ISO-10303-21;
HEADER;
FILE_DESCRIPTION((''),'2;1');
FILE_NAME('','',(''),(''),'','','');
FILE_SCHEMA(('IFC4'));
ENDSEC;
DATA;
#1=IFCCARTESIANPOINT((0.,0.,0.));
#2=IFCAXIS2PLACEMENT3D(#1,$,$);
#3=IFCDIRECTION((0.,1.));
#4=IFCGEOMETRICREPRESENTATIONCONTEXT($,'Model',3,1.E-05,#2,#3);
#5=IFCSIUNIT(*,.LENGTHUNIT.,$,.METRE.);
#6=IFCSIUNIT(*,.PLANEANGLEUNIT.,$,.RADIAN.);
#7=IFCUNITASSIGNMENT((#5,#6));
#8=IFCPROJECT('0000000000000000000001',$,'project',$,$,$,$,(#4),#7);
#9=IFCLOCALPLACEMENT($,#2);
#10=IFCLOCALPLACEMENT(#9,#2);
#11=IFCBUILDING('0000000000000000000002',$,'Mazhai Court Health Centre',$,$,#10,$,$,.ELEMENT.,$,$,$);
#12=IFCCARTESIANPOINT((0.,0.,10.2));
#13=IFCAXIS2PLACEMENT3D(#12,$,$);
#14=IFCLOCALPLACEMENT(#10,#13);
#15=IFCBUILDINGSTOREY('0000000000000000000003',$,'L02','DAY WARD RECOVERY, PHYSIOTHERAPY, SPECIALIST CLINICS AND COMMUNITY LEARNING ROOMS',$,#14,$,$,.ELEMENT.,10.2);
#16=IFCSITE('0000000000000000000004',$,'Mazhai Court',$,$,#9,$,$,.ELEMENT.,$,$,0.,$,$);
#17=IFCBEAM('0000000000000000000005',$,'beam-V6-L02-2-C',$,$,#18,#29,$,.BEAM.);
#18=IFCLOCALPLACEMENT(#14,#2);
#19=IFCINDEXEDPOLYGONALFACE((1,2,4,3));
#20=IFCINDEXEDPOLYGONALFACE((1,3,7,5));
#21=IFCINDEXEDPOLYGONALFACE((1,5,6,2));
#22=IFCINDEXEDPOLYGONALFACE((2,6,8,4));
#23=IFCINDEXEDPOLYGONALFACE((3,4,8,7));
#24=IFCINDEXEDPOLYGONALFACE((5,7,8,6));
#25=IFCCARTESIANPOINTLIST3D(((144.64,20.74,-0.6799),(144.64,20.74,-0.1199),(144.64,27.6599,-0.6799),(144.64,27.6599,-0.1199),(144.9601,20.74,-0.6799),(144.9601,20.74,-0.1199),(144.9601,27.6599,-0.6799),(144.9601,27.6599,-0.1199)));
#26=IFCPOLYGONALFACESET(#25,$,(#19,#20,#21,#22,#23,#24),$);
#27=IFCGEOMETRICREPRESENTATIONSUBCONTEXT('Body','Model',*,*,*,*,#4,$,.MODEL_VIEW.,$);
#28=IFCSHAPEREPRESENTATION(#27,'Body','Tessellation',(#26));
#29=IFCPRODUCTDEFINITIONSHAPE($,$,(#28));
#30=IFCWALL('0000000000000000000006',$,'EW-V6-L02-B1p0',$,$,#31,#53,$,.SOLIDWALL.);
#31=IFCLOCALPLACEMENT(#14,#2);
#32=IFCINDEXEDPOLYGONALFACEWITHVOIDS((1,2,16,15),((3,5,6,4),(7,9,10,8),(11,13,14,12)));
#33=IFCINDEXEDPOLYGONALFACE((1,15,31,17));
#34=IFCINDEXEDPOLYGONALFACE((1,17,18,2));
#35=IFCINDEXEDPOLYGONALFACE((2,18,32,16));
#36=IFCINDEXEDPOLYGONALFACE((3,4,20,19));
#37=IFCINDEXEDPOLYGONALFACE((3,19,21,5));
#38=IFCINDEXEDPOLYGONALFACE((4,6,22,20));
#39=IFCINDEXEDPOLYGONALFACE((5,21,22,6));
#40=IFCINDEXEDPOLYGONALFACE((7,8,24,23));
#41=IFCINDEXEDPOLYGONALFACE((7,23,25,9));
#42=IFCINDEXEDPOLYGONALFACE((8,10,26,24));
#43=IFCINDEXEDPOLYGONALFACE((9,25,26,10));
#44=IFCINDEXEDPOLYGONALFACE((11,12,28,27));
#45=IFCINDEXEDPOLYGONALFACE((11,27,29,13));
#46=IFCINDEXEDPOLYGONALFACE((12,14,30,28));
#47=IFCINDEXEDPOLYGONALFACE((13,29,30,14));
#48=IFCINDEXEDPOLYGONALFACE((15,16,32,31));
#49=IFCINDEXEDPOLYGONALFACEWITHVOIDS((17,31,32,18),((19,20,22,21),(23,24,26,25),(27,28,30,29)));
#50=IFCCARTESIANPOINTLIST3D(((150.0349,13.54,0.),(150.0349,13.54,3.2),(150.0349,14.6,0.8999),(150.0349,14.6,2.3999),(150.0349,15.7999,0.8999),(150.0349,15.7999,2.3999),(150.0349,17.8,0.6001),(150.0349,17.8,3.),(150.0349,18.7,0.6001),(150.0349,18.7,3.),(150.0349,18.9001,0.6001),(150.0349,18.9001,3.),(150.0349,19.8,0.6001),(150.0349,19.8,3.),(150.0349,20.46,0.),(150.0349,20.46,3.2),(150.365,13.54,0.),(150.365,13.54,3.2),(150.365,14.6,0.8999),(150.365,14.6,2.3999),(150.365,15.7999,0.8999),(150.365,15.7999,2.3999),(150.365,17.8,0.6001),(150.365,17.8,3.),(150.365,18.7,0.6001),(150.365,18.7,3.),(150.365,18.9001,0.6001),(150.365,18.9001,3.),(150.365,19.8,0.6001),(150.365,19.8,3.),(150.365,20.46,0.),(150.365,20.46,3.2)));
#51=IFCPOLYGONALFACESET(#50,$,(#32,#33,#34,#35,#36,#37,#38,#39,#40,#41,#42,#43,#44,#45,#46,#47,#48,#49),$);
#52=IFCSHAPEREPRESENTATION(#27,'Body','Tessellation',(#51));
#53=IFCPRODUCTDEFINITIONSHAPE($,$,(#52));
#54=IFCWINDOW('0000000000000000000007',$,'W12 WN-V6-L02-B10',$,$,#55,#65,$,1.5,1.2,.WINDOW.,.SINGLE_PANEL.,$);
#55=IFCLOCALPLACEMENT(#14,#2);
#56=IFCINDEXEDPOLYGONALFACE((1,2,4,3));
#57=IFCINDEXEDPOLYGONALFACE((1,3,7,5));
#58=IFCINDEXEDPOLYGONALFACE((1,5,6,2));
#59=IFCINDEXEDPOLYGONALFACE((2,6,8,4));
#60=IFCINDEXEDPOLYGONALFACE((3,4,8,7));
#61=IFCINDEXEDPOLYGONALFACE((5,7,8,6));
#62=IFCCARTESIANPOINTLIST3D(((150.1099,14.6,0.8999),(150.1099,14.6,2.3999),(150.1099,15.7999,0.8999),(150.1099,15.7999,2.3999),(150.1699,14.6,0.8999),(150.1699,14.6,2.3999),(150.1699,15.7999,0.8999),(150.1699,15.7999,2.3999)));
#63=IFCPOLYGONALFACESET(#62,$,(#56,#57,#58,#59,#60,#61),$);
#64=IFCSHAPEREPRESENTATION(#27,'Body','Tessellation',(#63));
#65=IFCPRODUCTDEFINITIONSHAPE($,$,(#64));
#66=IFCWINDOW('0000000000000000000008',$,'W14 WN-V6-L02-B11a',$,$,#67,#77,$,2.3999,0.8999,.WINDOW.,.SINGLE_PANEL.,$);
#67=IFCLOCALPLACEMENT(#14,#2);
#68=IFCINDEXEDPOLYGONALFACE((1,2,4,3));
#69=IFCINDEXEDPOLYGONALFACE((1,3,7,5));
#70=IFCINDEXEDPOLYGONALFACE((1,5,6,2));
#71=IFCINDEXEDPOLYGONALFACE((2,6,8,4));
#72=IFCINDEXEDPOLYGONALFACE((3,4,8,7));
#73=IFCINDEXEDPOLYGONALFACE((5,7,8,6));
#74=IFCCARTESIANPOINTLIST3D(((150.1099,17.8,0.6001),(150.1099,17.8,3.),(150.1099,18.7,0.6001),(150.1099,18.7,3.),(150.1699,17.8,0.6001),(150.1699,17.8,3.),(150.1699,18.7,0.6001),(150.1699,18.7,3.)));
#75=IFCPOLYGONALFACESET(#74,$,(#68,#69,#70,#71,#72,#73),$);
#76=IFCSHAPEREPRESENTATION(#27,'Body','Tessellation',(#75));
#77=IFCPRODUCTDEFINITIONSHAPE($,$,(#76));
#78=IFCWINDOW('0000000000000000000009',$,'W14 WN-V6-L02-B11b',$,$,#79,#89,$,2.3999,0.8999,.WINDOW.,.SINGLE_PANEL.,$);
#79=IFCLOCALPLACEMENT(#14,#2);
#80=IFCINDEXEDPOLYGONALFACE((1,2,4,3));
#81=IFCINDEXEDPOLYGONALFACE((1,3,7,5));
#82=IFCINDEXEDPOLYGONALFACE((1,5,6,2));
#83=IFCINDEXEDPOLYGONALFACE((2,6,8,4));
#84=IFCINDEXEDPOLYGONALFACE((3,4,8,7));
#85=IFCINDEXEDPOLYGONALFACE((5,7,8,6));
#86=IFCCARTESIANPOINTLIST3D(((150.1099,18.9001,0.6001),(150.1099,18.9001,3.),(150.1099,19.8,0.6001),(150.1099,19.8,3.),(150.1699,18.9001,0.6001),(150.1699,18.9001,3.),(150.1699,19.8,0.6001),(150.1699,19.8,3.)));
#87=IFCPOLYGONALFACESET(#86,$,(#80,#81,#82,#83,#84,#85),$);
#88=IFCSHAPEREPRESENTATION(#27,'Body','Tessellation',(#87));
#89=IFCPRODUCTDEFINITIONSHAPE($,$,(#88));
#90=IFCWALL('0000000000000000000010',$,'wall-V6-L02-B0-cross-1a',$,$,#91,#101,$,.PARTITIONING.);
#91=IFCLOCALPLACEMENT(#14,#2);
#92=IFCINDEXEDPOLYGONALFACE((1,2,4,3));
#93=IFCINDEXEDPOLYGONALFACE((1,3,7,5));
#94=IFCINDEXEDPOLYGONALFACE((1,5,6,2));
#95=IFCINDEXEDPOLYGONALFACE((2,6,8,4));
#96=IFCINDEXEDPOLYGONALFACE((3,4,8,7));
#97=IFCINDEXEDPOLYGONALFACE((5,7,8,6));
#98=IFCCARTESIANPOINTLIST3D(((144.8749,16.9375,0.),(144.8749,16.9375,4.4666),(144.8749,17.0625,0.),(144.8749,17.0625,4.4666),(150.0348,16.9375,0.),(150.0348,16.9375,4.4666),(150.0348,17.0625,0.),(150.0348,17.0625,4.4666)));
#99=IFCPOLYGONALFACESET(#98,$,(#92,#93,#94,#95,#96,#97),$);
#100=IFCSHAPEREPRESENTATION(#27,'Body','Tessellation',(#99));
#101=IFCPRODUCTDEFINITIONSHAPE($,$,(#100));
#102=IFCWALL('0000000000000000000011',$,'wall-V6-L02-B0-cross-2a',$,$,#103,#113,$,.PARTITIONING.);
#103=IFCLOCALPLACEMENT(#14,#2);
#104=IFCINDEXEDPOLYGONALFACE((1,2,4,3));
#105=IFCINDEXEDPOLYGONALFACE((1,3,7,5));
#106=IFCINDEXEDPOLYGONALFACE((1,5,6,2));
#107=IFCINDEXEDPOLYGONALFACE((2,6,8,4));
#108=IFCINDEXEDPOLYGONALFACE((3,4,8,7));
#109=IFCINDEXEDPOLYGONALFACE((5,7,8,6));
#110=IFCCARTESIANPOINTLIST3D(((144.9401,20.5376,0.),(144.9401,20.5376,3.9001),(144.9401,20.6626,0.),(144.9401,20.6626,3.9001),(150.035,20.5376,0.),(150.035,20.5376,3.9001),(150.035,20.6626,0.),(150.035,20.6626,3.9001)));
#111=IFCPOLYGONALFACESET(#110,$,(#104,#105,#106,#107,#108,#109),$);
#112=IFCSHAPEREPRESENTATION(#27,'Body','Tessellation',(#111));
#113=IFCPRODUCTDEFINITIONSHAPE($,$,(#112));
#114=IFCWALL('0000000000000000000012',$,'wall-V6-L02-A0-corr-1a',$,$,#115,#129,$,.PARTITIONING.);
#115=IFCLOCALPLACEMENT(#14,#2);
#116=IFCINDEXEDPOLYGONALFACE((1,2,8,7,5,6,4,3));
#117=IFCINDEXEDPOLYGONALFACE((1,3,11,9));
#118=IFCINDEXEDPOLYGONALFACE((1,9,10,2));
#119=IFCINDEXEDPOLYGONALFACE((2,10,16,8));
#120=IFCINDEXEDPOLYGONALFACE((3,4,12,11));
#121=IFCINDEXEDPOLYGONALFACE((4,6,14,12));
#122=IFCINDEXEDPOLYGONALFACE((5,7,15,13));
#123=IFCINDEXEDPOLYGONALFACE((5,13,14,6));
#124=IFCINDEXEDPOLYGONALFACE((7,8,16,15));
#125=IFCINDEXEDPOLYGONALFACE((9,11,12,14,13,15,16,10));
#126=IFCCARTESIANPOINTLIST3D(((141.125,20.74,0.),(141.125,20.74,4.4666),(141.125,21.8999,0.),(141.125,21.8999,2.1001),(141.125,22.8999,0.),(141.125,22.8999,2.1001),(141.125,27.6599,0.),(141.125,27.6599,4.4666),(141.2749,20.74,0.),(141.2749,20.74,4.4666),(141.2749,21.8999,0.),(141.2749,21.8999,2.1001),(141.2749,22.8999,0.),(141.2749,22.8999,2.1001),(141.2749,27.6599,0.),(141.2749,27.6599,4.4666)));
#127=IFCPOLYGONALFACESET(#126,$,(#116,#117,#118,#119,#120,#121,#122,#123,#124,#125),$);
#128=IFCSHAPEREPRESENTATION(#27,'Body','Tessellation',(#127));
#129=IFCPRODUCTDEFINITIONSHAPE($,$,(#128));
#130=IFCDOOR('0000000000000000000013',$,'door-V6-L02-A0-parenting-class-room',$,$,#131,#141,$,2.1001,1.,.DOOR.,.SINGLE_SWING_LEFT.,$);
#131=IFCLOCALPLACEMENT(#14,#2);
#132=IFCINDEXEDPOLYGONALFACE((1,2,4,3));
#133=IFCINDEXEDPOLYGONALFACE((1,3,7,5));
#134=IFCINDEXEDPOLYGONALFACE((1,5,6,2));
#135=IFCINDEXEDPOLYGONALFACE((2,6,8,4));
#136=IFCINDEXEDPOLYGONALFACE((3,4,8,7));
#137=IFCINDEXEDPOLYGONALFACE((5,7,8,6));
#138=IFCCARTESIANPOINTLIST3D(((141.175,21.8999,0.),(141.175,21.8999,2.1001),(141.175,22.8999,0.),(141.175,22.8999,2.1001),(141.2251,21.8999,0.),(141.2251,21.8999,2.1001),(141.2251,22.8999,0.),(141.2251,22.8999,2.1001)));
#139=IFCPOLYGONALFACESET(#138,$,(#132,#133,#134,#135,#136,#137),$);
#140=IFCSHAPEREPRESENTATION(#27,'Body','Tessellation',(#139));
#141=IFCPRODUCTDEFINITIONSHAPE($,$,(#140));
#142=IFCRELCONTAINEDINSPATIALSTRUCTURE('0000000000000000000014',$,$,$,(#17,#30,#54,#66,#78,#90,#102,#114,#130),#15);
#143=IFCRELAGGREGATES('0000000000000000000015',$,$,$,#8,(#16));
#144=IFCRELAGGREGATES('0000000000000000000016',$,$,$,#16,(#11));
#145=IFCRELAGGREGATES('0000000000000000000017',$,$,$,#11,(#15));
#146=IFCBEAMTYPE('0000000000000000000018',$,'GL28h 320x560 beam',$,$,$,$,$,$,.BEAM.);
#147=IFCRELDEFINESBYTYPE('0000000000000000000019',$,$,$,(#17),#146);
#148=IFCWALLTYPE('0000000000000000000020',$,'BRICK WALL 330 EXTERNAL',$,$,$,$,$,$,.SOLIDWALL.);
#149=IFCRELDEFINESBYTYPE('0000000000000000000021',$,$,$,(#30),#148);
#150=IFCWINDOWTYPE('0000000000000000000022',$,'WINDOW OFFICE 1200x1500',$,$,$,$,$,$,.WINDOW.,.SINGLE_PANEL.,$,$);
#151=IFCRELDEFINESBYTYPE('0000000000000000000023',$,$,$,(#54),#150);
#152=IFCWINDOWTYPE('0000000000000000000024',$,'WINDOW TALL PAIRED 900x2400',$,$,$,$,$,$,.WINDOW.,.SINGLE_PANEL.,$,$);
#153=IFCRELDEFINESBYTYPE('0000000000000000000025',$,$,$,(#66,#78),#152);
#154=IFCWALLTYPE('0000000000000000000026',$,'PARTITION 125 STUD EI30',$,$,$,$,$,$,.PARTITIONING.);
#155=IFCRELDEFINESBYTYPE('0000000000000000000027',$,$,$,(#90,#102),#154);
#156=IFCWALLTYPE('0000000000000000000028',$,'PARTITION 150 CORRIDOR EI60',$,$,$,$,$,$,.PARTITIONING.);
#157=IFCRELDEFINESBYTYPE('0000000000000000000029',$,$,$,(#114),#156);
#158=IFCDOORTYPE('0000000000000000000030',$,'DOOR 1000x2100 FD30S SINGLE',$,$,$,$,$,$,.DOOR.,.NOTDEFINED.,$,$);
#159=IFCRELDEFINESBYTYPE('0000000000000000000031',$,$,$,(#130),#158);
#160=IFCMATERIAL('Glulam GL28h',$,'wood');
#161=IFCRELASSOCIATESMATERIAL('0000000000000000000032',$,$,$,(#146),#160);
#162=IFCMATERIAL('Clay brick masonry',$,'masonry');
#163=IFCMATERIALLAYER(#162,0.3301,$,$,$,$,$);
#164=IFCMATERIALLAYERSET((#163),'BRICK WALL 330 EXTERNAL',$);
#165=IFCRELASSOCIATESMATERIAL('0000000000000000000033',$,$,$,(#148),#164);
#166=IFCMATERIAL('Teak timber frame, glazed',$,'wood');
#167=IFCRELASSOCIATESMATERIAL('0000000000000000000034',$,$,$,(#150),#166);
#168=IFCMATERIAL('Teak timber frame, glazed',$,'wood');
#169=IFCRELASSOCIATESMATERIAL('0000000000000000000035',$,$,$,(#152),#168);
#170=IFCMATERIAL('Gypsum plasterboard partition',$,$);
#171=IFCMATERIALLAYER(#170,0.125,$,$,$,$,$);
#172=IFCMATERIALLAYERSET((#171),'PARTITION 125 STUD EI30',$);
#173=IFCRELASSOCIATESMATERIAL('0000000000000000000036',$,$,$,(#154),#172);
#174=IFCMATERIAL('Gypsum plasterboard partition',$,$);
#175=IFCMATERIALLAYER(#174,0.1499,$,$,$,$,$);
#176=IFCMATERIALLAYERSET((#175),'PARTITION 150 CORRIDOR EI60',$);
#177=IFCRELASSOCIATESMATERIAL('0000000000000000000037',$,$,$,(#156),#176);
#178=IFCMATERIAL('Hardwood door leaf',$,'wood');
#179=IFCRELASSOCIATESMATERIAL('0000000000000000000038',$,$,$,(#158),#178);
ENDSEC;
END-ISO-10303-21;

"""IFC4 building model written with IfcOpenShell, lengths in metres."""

from ifc_helpers import new_model, si_unit, direction, frame, frame_2d, origin, origin_2d, place, context, subcontext, project, spatial, rectangle, extrude, material, layer, layer_set, material_profile, profile_set, type_object, element, fill, save


model = new_model("IFC4")

# Units and contexts
model_context = context("Model", 3, precision=1e-05, world=origin(), true_north=direction((0.0, 1.0)))
body_context = subcontext(model_context, "Body", "Model", "MODEL_VIEW")
ifc_project = project(units=[si_unit("LENGTHUNIT", "METRE"), si_unit("PLANEANGLEUNIT", "RADIAN")], contexts=[model_context])

# Site, building, storey
site_placement = place(None, origin())
site = spatial("IfcSite", under=ifc_project, at=site_placement, Name="Mazhai Court", CompositionType="ELEMENT", RefElevation=0.0)
building_placement = place(site_placement, origin())
building = spatial("IfcBuilding", under=site, at=building_placement, Name="Mazhai Court Health Centre", CompositionType="ELEMENT")
storey_placement = place(building_placement, frame((0.0, 0.0, 10.2)))
storey = spatial("IfcBuildingStorey", under=building, at=storey_placement, Name="L02", Description="DAY WARD RECOVERY, PHYSIOTHERAPY, SPECIALIST CLINICS AND COMMUNITY LEARNING ROOMS", CompositionType="ELEMENT", Elevation=10.2)

# Beam
ifc_material_1 = material(Name="Glulam GL28h", Category="wood")
ifc_material_profile_1 = material_profile(ifc_material_1, rectangle(XDim=0.3201, YDim=0.5601, at=origin_2d()), Name="GL28h 320x560")
ifc_profile_set_1 = profile_set([ifc_material_profile_1], Name="Glulam GL28h")
beam_type_1 = type_object("IfcBeamType", Name="GL28h 320x560 beam", PredefinedType="BEAM", material=ifc_profile_set_1)
for number, where, z_axis, x_axis, name in (
    (1, (144.8, 20.74, -0.3999), (0.0, 1.0, 0.0), (-1.0, 0.0, 0.0), "beam-V6-L02-2-C"),
):
    element("IfcBeam", number, at=place(storey_placement, frame(where, z_axis=z_axis, x_axis=x_axis)), inside=storey, type_object=beam_type_1, Name=name, PredefinedType="BEAM", context=body_context, shape_type="SweptSolid", body=[
        extrude(rectangle(XDim=0.3201, YDim=0.5601, at=origin_2d()), origin(), (0.0, 0.0, 1.0), 6.9199),
    ])

# Wall, openings, windows
ifc_material_2 = material(Name="Clay brick masonry", Category="masonry")
ifc_layer_1 = layer(ifc_material_2, 0.3301)
ifc_layer_set_1 = layer_set([ifc_layer_1], Name="BRICK WALL 330 EXTERNAL")
wall_type_1 = type_object("IfcWallType", Name="BRICK WALL 330 EXTERNAL", PredefinedType="SOLIDWALL", material=ifc_layer_set_1)
wall_1_placement = place(storey_placement, frame((150.2, 20.46, 0.0), z_axis=(0.0, 0.0, 1.0), x_axis=(0.0, -1.0, 0.0)))
wall_1 = element("IfcWall", 2, at=wall_1_placement, inside=storey, type_object=wall_type_1, Name="EW-V6-L02-B1p0", PredefinedType="SOLIDWALL", context=body_context, shape_type="SweptSolid", body=[
    extrude(rectangle(XDim=6.9199, YDim=0.3301, at=frame_2d((3.46, 0.0))), origin(), (0.0, 0.0, 1.0), 3.2),
])
opening_1_placement = place(wall_1_placement, frame((4.6599, 0.0, 0.8999)))
opening_1 = element("IfcOpeningElement", 3, at=opening_1_placement, cuts=wall_1, PredefinedType="OPENING", context=body_context, shape_type="SweptSolid", body=[
    extrude(rectangle(XDim=1.2, YDim=1.5, at=frame_2d((0.6001, 0.75))), frame((0.0, 0.175, 0.0), z_axis=(0.0, -1.0, 0.0), x_axis=(1.0, 0.0, 0.0)), (0.0, 0.0, 1.0), 0.3501),
])
opening_2_placement = place(wall_1_placement, frame((1.76, 0.0, 0.6001)))
opening_2 = element("IfcOpeningElement", 4, at=opening_2_placement, cuts=wall_1, PredefinedType="OPENING", context=body_context, shape_type="SweptSolid", body=[
    extrude(rectangle(XDim=0.8999, YDim=2.3999, at=frame_2d((0.45, 1.2))), frame((0.0, 0.175, 0.0), z_axis=(0.0, -1.0, 0.0), x_axis=(1.0, 0.0, 0.0)), (0.0, 0.0, 1.0), 0.3501),
])
opening_3_placement = place(wall_1_placement, frame((0.6599, 0.0, 0.6001)))
opening_3 = element("IfcOpeningElement", 5, at=opening_3_placement, cuts=wall_1, PredefinedType="OPENING", context=body_context, shape_type="SweptSolid", body=[
    extrude(rectangle(XDim=0.8999, YDim=2.3999, at=frame_2d((0.45, 1.2))), frame((0.0, 0.175, 0.0), z_axis=(0.0, -1.0, 0.0), x_axis=(1.0, 0.0, 0.0)), (0.0, 0.0, 1.0), 0.3501),
])
ifc_material_3 = material(Name="Teak timber frame, glazed", Category="wood")
window_type_1 = type_object("IfcWindowType", Name="WINDOW OFFICE 1200x1500", PartitioningType="SINGLE_PANEL", PredefinedType="WINDOW", material=ifc_material_3)
window_1_placement = place(opening_1_placement, origin())
window_1 = element("IfcWindow", 6, at=window_1_placement, inside=storey, type_object=window_type_1, Name="W12 WN-V6-L02-B10", OverallHeight=1.5, OverallWidth=1.2, PartitioningType="SINGLE_PANEL", PredefinedType="WINDOW", context=body_context, shape_type="SweptSolid", body=[
    extrude(rectangle(XDim=1.2, YDim=1.5, at=frame_2d((0.6001, 0.75))), frame((0.0, -0.03, 0.0), z_axis=(0.0, -1.0, 0.0), x_axis=(1.0, 0.0, 0.0)), (0.0, 0.0, 1.0), 0.0601),
])
fill(opening_1, window_1)
ifc_material_4 = material(Name="Teak timber frame, glazed", Category="wood")
window_type_2 = type_object("IfcWindowType", Name="WINDOW TALL PAIRED 900x2400", PartitioningType="SINGLE_PANEL", PredefinedType="WINDOW", material=ifc_material_4)
window_2_placement = place(opening_2_placement, origin())
window_2 = element("IfcWindow", 7, at=window_2_placement, inside=storey, type_object=window_type_2, Name="W14 WN-V6-L02-B11a", OverallHeight=2.3999, OverallWidth=0.8999, PartitioningType="SINGLE_PANEL", PredefinedType="WINDOW", context=body_context, shape_type="SweptSolid", body=[
    extrude(rectangle(XDim=0.8999, YDim=2.3999, at=frame_2d((0.45, 1.2))), frame((0.0, -0.03, 0.0), z_axis=(0.0, -1.0, 0.0), x_axis=(1.0, 0.0, 0.0)), (0.0, 0.0, 1.0), 0.0601),
])
fill(opening_2, window_2)
window_3_placement = place(opening_3_placement, origin())
window_3 = element("IfcWindow", 8, at=window_3_placement, inside=storey, type_object=window_type_2, Name="W14 WN-V6-L02-B11b", OverallHeight=2.3999, OverallWidth=0.8999, PartitioningType="SINGLE_PANEL", PredefinedType="WINDOW", context=body_context, shape_type="SweptSolid", body=[
    extrude(rectangle(XDim=0.8999, YDim=2.3999, at=frame_2d((0.45, 1.2))), frame((0.0, -0.03, 0.0), z_axis=(0.0, -1.0, 0.0), x_axis=(1.0, 0.0, 0.0)), (0.0, 0.0, 1.0), 0.0601),
])
fill(opening_3, window_3)

# Walls
ifc_material_5 = material(Name="Gypsum plasterboard partition")
ifc_layer_2 = layer(ifc_material_5, 0.125)
ifc_layer_set_2 = layer_set([ifc_layer_2], Name="PARTITION 125 STUD EI30")
wall_type_2 = type_object("IfcWallType", Name="PARTITION 125 STUD EI30", PredefinedType="PARTITIONING", material=ifc_layer_set_2)
wall_2_placement = place(storey_placement, frame((150.0349, 17.0, 0.0), z_axis=(0.0, 0.0, 1.0), x_axis=(-1.0, 0.0, 0.0)))
element("IfcWall", 9, at=wall_2_placement, inside=storey, type_object=wall_type_2, Name="wall-V6-L02-B0-cross-1a", PredefinedType="PARTITIONING", context=body_context, shape_type="SweptSolid", body=[
    extrude(rectangle(XDim=5.1599, YDim=0.125, at=frame_2d((2.5801, 0.0))), origin(), (0.0, 0.0, 1.0), 4.4666),
])
wall_3_placement = place(storey_placement, frame((150.0349, 20.6001, 0.0), z_axis=(0.0, 0.0, 1.0), x_axis=(-1.0, 0.0, 0.0)))
element("IfcWall", 10, at=wall_3_placement, inside=storey, type_object=wall_type_2, Name="wall-V6-L02-B0-cross-2a", PredefinedType="PARTITIONING", context=body_context, shape_type="SweptSolid", body=[
    extrude(rectangle(XDim=5.095, YDim=0.125, at=frame_2d((2.5474, 0.0))), origin(), (0.0, 0.0, 1.0), 3.9001),
])

# Wall, opening, door
ifc_material_6 = material(Name="Gypsum plasterboard partition")
ifc_layer_3 = layer(ifc_material_6, 0.1499)
ifc_layer_set_3 = layer_set([ifc_layer_3], Name="PARTITION 150 CORRIDOR EI60")
wall_type_3 = type_object("IfcWallType", Name="PARTITION 150 CORRIDOR EI60", PredefinedType="PARTITIONING", material=ifc_layer_set_3)
wall_4_placement = place(storey_placement, frame((141.2, 20.74, 0.0), z_axis=(0.0, 0.0, 1.0), x_axis=(0.0, 1.0, 0.0)))
wall_4 = element("IfcWall", 11, at=wall_4_placement, inside=storey, type_object=wall_type_3, Name="wall-V6-L02-A0-corr-1a", PredefinedType="PARTITIONING", context=body_context, shape_type="SweptSolid", body=[
    extrude(rectangle(XDim=6.9199, YDim=0.1499, at=frame_2d((3.46, 0.0))), origin(), (0.0, 0.0, 1.0), 4.4666),
])
opening_4_placement = place(wall_4_placement, frame((1.1599, 0.0, 0.0)))
opening_4 = element("IfcOpeningElement", 12, at=opening_4_placement, cuts=wall_4, PredefinedType="OPENING", context=body_context, shape_type="SweptSolid", body=[
    extrude(rectangle(XDim=1.0, YDim=2.1001, at=frame_2d((0.5, 1.05))), frame((0.0, 0.085, 0.0), z_axis=(0.0, -1.0, 0.0), x_axis=(1.0, 0.0, 0.0)), (0.0, 0.0, 1.0), 0.1699),
])
ifc_material_7 = material(Name="Hardwood door leaf", Category="wood")
door_type = type_object("IfcDoorType", Name="DOOR 1000x2100 FD30S SINGLE", OperationType="NOTDEFINED", PredefinedType="DOOR", material=ifc_material_7)
door_1_placement = place(opening_4_placement, origin())
door_1 = element("IfcDoor", 13, at=door_1_placement, inside=storey, type_object=door_type, Name="door-V6-L02-A0-parenting-class-room", OperationType="SINGLE_SWING_LEFT", OverallHeight=2.1001, OverallWidth=1.0, PredefinedType="DOOR", context=body_context, shape_type="SweptSolid", body=[
    extrude(rectangle(XDim=1.0, YDim=2.1001, at=frame_2d((0.5, 1.05))), frame((0.0, 0.0249, 0.0), z_axis=(0.0, -1.0, 0.0), x_axis=(1.0, 0.0, 0.0)), (0.0, 0.0, 1.0), 0.05),
])
fill(opening_4, door_1)

save(model, "model.ifc")
